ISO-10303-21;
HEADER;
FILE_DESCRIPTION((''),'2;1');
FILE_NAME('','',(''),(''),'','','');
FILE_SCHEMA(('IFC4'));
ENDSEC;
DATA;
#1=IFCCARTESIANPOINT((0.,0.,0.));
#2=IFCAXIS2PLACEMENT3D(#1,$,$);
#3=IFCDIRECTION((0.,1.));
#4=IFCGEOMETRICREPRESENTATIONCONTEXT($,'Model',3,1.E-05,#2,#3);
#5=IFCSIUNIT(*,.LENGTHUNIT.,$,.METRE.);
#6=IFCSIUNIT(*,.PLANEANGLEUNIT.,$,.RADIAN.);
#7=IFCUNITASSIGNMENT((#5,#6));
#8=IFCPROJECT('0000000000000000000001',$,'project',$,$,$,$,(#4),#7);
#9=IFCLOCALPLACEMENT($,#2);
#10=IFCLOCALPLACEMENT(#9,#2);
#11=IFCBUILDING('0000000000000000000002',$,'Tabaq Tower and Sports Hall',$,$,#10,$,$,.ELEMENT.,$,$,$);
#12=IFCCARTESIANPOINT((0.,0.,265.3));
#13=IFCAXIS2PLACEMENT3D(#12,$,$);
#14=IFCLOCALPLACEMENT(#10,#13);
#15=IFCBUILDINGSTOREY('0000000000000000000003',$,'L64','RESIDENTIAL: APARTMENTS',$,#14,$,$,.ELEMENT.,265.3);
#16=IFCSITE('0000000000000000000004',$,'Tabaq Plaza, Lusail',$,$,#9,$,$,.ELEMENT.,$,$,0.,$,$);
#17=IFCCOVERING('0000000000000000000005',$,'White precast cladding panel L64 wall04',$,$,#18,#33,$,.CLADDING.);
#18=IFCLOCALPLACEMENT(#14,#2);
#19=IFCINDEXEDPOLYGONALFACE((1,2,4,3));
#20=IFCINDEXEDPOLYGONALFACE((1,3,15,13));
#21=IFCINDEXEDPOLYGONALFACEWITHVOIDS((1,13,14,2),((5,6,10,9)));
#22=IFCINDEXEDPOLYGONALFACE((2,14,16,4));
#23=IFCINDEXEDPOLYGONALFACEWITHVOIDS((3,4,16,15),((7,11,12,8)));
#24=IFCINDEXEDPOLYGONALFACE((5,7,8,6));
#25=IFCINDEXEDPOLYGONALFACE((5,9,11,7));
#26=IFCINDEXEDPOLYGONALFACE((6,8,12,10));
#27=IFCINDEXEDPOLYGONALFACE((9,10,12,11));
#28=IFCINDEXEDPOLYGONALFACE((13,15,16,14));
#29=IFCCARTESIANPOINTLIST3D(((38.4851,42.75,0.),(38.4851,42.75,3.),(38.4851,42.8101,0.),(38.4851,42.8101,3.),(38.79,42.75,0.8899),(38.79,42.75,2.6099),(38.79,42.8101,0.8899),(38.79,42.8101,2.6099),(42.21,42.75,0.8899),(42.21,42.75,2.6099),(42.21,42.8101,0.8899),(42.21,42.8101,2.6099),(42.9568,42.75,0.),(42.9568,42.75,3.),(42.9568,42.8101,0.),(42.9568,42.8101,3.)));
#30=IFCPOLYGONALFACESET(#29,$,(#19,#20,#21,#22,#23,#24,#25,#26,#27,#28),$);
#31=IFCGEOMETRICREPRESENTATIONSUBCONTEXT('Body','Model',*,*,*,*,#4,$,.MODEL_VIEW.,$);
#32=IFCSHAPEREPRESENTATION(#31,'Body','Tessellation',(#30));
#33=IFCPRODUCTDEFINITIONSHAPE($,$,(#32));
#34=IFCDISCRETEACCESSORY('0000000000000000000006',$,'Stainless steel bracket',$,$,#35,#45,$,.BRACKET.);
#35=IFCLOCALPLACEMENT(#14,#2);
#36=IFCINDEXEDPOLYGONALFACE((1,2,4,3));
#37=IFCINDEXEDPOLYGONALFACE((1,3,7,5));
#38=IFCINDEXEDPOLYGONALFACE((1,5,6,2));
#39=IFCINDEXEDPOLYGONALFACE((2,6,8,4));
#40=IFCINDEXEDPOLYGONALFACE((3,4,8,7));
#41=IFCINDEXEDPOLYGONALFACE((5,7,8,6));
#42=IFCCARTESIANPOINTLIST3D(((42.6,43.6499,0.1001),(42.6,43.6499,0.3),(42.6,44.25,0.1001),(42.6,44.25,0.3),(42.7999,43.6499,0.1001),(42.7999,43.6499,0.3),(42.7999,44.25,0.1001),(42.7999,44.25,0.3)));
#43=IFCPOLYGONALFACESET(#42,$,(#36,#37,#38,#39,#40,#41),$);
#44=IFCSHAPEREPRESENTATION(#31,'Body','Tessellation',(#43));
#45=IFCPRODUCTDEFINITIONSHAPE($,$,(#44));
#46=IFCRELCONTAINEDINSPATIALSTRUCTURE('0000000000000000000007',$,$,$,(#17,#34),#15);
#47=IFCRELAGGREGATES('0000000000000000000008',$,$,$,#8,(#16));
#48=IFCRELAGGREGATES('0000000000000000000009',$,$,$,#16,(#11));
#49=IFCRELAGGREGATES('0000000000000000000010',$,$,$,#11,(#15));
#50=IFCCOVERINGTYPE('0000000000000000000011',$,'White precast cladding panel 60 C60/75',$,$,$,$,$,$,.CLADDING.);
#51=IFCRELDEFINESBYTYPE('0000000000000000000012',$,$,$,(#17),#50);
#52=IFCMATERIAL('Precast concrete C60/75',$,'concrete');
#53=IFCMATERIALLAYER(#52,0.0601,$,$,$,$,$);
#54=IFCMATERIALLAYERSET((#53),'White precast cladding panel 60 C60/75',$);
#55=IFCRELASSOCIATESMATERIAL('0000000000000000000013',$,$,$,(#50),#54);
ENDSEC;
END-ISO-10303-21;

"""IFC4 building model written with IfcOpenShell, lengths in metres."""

from ifc_helpers import new_model, si_unit, direction, frame, origin, origin_2d, place, context, subcontext, project, spatial, polyline, rectangle, outline, extrude, material, layer, layer_set, type_object, element, save


model = new_model("IFC4")

# Units and contexts
model_context = context("Model", 3, precision=1e-05, world=origin(), true_north=direction((0.0, 1.0)))
body_context = subcontext(model_context, "Body", "Model", "MODEL_VIEW")
ifc_project = project(units=[si_unit("LENGTHUNIT", "METRE"), si_unit("PLANEANGLEUNIT", "RADIAN")], contexts=[model_context])

# Site, building, storey
site_placement = place(None, origin())
site = spatial("IfcSite", under=ifc_project, at=site_placement, Name="Tabaq Plaza, Lusail", CompositionType="ELEMENT", RefElevation=0.0)
building_placement = place(site_placement, origin())
building = spatial("IfcBuilding", under=site, at=building_placement, Name="Tabaq Tower and Sports Hall", CompositionType="ELEMENT")
storey_placement = place(building_placement, frame((0.0, 0.0, 265.3)))
storey = spatial("IfcBuildingStorey", under=building, at=storey_placement, Name="L64", Description="RESIDENTIAL: APARTMENTS", CompositionType="ELEMENT", Elevation=265.3)

# Covering
ifc_material_1 = material(Name="Precast concrete C60/75", Category="concrete")
ifc_layer_1 = layer(ifc_material_1, 0.0601)
ifc_layer_set_1 = layer_set([ifc_layer_1], Name="White precast cladding panel 60 C60/75")
covering_type_1 = type_object("IfcCoveringType", Name="White precast cladding panel 60 C60/75", PredefinedType="CLADDING", material=ifc_layer_set_1)
covering_1_placement = place(storey_placement, frame((42.9568, 42.78, 0.0), z_axis=(0.0, 0.0, 1.0), x_axis=(-1.0, 0.0, 0.0)))
element("IfcCovering", 1, at=covering_1_placement, inside=storey, type_object=covering_type_1, Name="White precast cladding panel L64 wall04", PredefinedType="CLADDING", context=body_context, shape_type="SweptSolid", body=[
    extrude(outline(polyline([(0.0, 0.0), (4.4717, 0.0), (4.4717, 3.0), (0.0, 3.0), (0.0, 0.0)]), holes=[polyline([(0.7468, 0.8899), (0.7468, 2.6099), (4.1667, 2.6099), (4.1667, 0.8899), (0.7468, 0.8899)])]), frame((0.0, 0.03, 0.0), z_axis=(0.0, -1.0, 0.0), x_axis=(1.0, 0.0, 0.0)), (0.0, 0.0, 1.0), 0.0601),
])

# Discrete accessory
discrete_accessory_placement = place(storey_placement, frame((42.7, 43.95, 0.1001), z_axis=(0.0, 0.0, 1.0), x_axis=(0.0, 1.0, 0.0)))
element("IfcDiscreteAccessory", 2, at=discrete_accessory_placement, inside=storey, Name="Stainless steel bracket", PredefinedType="BRACKET", context=body_context, shape_type="SweptSolid", body=[
    extrude(rectangle(XDim=0.6001, YDim=0.2, at=origin_2d()), origin(), (0.0, 0.0, 1.0), 0.2),
])

save(model, "model.ifc")
